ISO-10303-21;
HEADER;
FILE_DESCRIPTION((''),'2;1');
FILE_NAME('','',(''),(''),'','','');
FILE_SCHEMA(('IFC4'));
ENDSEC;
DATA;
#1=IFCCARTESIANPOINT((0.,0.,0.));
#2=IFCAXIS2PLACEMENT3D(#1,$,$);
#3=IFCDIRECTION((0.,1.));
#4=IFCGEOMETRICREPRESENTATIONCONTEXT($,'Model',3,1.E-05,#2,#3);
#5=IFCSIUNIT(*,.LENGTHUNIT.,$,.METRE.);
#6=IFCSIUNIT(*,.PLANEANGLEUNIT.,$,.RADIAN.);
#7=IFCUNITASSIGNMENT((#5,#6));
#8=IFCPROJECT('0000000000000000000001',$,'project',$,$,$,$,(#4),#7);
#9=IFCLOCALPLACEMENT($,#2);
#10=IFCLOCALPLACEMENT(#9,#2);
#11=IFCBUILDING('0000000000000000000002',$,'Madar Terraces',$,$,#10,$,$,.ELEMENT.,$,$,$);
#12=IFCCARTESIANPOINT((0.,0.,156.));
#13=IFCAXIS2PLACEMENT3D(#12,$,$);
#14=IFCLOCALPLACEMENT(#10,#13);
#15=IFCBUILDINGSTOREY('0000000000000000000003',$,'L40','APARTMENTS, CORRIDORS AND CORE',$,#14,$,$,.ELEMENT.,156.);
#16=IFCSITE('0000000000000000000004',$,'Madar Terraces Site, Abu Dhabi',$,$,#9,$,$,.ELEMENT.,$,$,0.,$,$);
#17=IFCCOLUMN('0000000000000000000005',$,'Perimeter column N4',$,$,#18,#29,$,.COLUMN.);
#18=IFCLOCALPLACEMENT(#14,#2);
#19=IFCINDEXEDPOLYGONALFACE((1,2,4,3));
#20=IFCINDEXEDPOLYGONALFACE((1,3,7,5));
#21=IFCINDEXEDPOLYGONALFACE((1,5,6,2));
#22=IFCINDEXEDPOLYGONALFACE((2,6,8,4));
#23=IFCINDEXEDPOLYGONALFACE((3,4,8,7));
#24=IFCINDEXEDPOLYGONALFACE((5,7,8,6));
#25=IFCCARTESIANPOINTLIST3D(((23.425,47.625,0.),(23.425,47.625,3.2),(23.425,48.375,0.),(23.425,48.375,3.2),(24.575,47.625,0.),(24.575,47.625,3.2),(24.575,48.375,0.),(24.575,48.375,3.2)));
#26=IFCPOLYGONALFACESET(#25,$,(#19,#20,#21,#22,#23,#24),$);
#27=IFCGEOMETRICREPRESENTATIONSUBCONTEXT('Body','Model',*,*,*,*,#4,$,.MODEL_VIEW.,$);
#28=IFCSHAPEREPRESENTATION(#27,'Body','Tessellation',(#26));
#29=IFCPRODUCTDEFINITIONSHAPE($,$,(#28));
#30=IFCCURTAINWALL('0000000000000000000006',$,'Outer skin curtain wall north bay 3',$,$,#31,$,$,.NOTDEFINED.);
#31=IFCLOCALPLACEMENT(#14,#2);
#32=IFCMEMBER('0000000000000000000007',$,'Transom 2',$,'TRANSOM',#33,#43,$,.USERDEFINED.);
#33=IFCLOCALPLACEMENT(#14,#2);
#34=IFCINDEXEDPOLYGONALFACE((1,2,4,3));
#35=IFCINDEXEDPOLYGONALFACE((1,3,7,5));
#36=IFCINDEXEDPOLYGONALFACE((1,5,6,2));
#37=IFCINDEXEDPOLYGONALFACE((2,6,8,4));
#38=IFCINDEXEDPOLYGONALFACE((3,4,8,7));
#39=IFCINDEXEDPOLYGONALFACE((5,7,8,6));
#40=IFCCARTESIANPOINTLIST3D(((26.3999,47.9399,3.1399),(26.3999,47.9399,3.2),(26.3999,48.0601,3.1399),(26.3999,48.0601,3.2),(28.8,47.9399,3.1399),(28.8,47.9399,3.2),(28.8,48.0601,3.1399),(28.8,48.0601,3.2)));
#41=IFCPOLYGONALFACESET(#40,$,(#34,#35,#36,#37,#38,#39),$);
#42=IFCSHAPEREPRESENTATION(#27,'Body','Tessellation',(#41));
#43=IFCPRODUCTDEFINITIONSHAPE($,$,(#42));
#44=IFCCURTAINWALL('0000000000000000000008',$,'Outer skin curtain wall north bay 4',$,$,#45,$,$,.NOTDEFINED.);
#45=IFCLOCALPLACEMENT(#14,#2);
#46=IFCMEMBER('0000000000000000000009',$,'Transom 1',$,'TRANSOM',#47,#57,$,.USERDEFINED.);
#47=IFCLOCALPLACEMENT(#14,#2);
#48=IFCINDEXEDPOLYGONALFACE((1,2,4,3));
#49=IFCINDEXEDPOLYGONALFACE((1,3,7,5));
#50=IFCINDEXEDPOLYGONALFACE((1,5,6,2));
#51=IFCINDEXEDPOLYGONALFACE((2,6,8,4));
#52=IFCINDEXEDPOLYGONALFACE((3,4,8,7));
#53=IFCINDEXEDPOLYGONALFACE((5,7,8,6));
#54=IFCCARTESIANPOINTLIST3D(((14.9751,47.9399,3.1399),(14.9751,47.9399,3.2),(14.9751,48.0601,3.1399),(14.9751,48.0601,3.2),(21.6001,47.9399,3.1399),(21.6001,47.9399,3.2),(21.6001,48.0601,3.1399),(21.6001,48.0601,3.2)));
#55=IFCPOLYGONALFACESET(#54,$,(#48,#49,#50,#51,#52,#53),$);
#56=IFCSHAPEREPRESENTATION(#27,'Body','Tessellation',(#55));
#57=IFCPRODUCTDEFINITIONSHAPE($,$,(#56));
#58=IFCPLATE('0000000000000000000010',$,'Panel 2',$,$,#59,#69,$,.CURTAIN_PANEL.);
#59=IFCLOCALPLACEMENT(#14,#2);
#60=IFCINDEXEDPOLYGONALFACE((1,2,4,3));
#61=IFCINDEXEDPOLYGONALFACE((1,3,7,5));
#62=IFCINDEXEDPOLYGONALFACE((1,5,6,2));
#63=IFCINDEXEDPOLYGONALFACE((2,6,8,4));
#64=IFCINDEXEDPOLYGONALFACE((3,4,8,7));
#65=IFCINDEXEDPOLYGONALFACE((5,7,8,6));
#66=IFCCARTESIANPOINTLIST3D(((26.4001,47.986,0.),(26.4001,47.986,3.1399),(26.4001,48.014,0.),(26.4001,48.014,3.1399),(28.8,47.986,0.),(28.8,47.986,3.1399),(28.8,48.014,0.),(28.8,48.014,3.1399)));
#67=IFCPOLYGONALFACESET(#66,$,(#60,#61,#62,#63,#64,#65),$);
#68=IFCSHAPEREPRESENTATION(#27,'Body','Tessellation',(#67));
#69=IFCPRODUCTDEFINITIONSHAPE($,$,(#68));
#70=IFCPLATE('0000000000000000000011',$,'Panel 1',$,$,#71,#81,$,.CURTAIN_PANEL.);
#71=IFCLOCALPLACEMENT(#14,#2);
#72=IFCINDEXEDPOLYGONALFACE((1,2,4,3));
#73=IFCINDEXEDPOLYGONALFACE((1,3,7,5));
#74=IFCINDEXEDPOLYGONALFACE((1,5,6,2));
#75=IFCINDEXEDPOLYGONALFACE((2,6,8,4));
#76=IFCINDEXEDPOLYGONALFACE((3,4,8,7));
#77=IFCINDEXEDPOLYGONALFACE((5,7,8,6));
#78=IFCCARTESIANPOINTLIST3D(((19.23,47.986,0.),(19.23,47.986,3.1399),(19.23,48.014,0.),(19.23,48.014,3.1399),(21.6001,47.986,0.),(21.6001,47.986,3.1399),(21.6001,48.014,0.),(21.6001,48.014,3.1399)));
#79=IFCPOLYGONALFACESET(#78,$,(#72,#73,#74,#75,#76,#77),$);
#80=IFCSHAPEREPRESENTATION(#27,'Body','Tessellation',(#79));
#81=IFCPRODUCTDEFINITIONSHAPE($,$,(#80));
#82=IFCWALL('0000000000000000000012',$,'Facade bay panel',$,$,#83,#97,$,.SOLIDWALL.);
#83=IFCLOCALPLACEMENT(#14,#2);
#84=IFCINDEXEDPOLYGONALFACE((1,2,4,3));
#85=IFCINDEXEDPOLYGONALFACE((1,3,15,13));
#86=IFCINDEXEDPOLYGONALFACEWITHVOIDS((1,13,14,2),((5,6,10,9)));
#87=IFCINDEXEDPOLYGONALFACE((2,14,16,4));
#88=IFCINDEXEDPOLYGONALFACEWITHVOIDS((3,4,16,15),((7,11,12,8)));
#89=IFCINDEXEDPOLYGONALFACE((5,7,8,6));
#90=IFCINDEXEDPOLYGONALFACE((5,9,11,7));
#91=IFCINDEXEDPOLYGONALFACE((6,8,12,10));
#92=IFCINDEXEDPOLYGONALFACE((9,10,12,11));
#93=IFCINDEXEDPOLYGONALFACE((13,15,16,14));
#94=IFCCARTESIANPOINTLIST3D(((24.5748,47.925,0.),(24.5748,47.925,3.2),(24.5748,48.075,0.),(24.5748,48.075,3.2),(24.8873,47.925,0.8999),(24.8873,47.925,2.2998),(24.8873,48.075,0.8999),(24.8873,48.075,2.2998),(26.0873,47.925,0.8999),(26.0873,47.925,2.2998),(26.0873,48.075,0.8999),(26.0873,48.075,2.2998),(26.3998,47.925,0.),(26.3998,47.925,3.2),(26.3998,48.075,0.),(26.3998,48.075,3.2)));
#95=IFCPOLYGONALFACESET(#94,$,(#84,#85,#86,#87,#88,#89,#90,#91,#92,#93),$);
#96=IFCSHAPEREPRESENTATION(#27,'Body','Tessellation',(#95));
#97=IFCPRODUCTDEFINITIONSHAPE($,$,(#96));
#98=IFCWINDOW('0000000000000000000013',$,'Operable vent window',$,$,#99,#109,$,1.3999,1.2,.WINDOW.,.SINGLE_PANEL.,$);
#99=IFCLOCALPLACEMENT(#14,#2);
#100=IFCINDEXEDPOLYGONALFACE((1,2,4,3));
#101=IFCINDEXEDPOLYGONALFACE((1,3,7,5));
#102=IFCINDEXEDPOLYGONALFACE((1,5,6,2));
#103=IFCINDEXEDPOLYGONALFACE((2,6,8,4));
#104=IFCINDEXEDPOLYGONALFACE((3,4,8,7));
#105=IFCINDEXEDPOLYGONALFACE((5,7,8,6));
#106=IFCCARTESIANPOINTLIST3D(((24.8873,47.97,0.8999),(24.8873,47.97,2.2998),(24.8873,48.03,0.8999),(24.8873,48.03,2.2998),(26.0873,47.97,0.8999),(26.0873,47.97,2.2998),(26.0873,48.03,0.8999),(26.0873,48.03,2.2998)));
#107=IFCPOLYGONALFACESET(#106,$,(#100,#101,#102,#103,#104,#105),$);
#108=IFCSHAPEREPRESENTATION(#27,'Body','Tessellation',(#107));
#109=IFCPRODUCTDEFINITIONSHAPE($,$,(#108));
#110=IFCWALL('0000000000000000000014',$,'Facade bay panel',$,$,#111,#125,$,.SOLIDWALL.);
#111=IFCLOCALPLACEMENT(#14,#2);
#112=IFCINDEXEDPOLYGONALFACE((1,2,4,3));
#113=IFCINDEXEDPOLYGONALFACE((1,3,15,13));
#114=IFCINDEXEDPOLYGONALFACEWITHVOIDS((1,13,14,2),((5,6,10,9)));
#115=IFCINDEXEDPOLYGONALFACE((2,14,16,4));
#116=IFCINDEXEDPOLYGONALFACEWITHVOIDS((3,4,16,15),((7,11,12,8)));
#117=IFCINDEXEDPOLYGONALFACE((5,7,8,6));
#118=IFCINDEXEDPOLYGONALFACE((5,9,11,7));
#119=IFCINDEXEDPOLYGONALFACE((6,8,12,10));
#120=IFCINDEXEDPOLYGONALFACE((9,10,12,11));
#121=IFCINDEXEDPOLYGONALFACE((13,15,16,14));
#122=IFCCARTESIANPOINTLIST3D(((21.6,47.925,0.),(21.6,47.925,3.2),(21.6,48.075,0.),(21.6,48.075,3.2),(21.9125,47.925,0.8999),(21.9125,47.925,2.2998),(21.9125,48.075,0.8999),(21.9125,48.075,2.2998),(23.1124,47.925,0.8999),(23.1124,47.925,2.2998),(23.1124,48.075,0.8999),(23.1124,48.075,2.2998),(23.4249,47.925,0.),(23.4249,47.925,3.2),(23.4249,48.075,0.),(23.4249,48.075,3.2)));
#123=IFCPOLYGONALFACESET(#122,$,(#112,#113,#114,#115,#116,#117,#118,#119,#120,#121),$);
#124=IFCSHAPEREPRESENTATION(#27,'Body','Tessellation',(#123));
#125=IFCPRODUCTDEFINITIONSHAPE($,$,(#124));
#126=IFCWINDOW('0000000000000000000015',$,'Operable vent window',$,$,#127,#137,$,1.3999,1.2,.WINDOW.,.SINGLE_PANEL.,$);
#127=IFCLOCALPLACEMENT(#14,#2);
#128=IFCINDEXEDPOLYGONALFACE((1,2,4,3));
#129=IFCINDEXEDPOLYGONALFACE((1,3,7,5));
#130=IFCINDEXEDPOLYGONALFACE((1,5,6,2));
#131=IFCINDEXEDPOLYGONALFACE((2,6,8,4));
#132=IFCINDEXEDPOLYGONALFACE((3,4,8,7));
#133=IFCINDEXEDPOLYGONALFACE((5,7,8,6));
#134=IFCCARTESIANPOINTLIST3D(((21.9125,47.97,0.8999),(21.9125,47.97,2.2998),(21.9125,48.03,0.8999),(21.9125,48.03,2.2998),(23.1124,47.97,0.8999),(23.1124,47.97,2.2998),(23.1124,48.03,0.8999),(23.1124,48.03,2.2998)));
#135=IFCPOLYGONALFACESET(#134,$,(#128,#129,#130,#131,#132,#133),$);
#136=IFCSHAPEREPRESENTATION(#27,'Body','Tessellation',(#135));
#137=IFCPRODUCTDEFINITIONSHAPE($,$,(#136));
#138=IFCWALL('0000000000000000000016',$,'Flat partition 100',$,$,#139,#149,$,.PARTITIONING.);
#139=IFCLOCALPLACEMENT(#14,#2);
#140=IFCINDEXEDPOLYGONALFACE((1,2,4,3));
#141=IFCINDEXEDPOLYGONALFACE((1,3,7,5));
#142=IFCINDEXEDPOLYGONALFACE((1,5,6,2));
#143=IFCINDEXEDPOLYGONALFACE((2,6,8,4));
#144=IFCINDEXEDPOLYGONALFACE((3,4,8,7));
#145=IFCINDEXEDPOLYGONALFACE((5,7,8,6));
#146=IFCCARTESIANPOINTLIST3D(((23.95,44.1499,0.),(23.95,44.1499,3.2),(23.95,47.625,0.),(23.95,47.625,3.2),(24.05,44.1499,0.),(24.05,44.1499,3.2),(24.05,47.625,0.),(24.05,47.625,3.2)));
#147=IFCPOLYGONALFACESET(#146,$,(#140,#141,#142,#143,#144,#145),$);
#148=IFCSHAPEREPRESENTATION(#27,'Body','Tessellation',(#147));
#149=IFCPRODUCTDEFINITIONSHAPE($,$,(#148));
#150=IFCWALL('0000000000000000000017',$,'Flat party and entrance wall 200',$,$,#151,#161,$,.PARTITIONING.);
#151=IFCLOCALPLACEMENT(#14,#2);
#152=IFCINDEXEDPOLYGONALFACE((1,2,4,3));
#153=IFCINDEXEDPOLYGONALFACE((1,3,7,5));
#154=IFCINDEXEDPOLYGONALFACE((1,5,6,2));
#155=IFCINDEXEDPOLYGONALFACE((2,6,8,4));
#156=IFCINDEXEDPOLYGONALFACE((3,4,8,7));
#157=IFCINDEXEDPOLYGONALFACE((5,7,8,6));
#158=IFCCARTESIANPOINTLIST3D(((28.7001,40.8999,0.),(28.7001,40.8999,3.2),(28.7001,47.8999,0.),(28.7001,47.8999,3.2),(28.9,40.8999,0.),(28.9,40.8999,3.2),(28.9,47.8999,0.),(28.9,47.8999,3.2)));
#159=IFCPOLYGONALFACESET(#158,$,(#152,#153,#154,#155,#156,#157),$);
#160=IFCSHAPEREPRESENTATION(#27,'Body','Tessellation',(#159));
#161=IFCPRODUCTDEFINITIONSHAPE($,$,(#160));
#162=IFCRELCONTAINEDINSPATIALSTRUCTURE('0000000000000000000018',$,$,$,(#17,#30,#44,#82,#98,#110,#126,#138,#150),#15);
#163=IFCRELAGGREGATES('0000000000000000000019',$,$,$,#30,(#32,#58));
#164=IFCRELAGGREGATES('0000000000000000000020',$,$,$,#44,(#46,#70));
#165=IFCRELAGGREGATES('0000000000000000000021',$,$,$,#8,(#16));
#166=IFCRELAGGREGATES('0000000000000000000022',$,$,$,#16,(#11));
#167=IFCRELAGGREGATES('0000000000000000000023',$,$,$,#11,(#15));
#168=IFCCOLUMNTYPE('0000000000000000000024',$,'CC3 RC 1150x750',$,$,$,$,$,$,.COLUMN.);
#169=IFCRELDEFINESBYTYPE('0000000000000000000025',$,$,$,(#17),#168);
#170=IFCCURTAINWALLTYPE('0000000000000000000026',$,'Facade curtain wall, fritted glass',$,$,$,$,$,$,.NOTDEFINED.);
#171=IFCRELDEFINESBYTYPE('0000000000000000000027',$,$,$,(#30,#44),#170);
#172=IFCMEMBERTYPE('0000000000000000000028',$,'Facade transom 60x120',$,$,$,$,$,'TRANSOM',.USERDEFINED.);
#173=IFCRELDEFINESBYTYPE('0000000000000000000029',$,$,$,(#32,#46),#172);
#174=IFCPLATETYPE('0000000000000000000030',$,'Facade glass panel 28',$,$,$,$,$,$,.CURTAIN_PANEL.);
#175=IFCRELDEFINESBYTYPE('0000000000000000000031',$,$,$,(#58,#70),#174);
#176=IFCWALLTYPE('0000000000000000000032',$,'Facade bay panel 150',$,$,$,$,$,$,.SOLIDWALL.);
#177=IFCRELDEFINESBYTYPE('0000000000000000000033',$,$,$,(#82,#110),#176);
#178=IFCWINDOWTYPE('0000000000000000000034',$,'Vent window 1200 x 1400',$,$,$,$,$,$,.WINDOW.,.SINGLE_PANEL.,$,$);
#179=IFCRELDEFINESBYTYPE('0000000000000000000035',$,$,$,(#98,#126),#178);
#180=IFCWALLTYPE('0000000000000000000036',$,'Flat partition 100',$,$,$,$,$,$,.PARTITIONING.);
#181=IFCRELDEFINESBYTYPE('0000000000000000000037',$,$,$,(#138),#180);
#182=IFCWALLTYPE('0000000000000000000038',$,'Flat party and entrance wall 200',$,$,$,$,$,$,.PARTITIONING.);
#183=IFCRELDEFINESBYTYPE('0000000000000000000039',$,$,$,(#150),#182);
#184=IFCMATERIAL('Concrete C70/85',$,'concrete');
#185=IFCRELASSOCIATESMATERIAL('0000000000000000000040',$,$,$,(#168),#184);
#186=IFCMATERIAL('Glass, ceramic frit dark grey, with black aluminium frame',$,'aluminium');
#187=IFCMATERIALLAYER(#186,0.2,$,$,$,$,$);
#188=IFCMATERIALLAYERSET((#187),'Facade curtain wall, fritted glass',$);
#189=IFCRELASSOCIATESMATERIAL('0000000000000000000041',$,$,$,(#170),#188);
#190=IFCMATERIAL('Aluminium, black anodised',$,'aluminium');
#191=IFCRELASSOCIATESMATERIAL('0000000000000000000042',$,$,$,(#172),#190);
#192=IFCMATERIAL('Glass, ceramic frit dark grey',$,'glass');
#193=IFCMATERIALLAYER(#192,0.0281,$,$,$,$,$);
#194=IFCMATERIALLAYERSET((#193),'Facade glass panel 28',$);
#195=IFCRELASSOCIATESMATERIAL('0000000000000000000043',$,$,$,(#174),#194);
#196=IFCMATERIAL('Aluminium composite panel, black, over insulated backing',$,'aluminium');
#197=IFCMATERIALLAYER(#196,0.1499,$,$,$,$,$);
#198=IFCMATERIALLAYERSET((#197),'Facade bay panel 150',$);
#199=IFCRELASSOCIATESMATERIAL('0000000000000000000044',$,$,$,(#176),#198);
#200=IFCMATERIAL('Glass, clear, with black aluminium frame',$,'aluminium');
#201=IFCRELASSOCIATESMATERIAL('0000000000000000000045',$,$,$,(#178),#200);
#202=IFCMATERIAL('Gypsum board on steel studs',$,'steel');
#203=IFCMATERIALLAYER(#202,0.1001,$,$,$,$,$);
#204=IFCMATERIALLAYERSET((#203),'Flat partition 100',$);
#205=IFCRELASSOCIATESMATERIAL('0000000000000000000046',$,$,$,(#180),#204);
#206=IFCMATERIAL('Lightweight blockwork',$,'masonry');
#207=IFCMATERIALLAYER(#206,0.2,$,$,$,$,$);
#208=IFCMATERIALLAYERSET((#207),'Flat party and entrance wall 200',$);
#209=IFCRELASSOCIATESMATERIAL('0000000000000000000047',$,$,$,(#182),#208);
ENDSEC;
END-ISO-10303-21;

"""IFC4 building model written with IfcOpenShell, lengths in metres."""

from ifc_helpers import new_model, si_unit, direction, frame, frame_2d, origin, origin_2d, place, context, subcontext, project, spatial, rectangle, extrude, material, layer, layer_set, material_profile, profile_set, type_object, element, fill, aggregate, save


model = new_model("IFC4")

# Units and contexts
model_context = context("Model", 3, precision=1e-05, world=origin(), true_north=direction((0.0, 1.0)))
body_context = subcontext(model_context, "Body", "Model", "MODEL_VIEW")
ifc_project = project(units=[si_unit("LENGTHUNIT", "METRE"), si_unit("PLANEANGLEUNIT", "RADIAN")], contexts=[model_context])

# Site, building, storey
site_placement = place(None, origin())
site = spatial("IfcSite", under=ifc_project, at=site_placement, Name="Madar Terraces Site, Abu Dhabi", CompositionType="ELEMENT", RefElevation=0.0)
building_placement = place(site_placement, origin())
building = spatial("IfcBuilding", under=site, at=building_placement, Name="Madar Terraces", CompositionType="ELEMENT")
storey_placement = place(building_placement, frame((0.0, 0.0, 156.0)))
storey = spatial("IfcBuildingStorey", under=building, at=storey_placement, Name="L40", Description="APARTMENTS, CORRIDORS AND CORE", CompositionType="ELEMENT", Elevation=156.0)

# Column
ifc_material_1 = material(Name="Concrete C70/85", Category="concrete")
ifc_material_profile_1 = material_profile(ifc_material_1, rectangle(XDim=1.1499, YDim=0.75, at=origin_2d()), Name="CC3 RC 1150x750")
ifc_profile_set_1 = profile_set([ifc_material_profile_1], Name="Concrete C70/85")
column_type = type_object("IfcColumnType", Name="CC3 RC 1150x750", PredefinedType="COLUMN", material=ifc_profile_set_1)
column_placement = place(storey_placement, frame((24.0, 48.0, 0.0), z_axis=(0.0, 0.0, 1.0), x_axis=(1.0, 0.0, 0.0)))
element("IfcColumn", 1, at=column_placement, inside=storey, type_object=column_type, Name="Perimeter column N4", PredefinedType="COLUMN", context=body_context, shape_type="SweptSolid", body=[
    extrude(rectangle(XDim=1.1499, YDim=0.75, at=origin_2d()), origin(), (0.0, 0.0, 1.0), 3.2),
])

# Curtain walls, members
ifc_material_2 = material(Name="Glass, ceramic frit dark grey, with black aluminium frame", Category="aluminium")
ifc_layer_1 = layer(ifc_material_2, 0.2)
ifc_layer_set_1 = layer_set([ifc_layer_1], Name="Facade curtain wall, fritted glass")
curtain_wall_type = type_object("IfcCurtainWallType", Name="Facade curtain wall, fritted glass", PredefinedType="NOTDEFINED", material=ifc_layer_set_1)
curtain_wall_1_placement = place(storey_placement, origin())
curtain_wall_1 = element("IfcCurtainWall", 2, at=curtain_wall_1_placement, inside=storey, type_object=curtain_wall_type, Name="Outer skin curtain wall north bay 3", PredefinedType="NOTDEFINED")
ifc_material_3 = material(Name="Aluminium, black anodised", Category="aluminium")
ifc_material_profile_2 = material_profile(ifc_material_3, rectangle(XDim=0.1201, YDim=0.0601, at=origin_2d()), Name="Facade transom 60x120")
ifc_profile_set_2 = profile_set([ifc_material_profile_2], Name="Aluminium, black anodised")
member_type = type_object("IfcMemberType", Name="Facade transom 60x120", ElementType="TRANSOM", PredefinedType="USERDEFINED", material=ifc_profile_set_2)
member_1_placement = place(storey_placement, frame((28.8, 48.0, 3.1699), z_axis=(-1.0, 0.0, 0.0), x_axis=(0.0, -1.0, 0.0)))
member_1 = element("IfcMember", 3, at=member_1_placement, type_object=member_type, Name="Transom 2", ObjectType="TRANSOM", PredefinedType="USERDEFINED", context=body_context, shape_type="SweptSolid", body=[
    extrude(rectangle(XDim=0.1201, YDim=0.0601, at=origin_2d()), origin(), (0.0, 0.0, 1.0), 2.4001),
])
curtain_wall_2_placement = place(storey_placement, origin())
curtain_wall_2 = element("IfcCurtainWall", 4, at=curtain_wall_2_placement, inside=storey, type_object=curtain_wall_type, Name="Outer skin curtain wall north bay 4", PredefinedType="NOTDEFINED")
member_2_placement = place(storey_placement, frame((21.6001, 48.0, 3.1699), z_axis=(-1.0, 0.0, 0.0), x_axis=(0.0, -1.0, 0.0)))
member_2 = element("IfcMember", 5, at=member_2_placement, type_object=member_type, Name="Transom 1", ObjectType="TRANSOM", PredefinedType="USERDEFINED", context=body_context, shape_type="SweptSolid", body=[
    extrude(rectangle(XDim=0.1201, YDim=0.0601, at=origin_2d()), origin(), (0.0, 0.0, 1.0), 6.625),
])

# Plates
ifc_material_4 = material(Name="Glass, ceramic frit dark grey", Category="glass")
ifc_layer_2 = layer(ifc_material_4, 0.0281)
ifc_layer_set_2 = layer_set([ifc_layer_2], Name="Facade glass panel 28")
plate_type = type_object("IfcPlateType", Name="Facade glass panel 28", PredefinedType="CURTAIN_PANEL", material=ifc_layer_set_2)
plate_1_placement = place(storey_placement, frame((27.6001, 48.0, 0.0), z_axis=(0.0, 0.0, 1.0), x_axis=(-1.0, 0.0, 0.0)))
plate_1 = element("IfcPlate", 6, at=plate_1_placement, type_object=plate_type, Name="Panel 2", PredefinedType="CURTAIN_PANEL", context=body_context, shape_type="SweptSolid", body=[
    extrude(rectangle(XDim=2.3999, YDim=0.0281, at=origin_2d()), origin(), (0.0, 0.0, 1.0), 3.1399),
])
aggregate(curtain_wall_1, [member_1, plate_1])
plate_2_placement = place(storey_placement, frame((20.415, 48.0, 0.0), z_axis=(0.0, 0.0, 1.0), x_axis=(-1.0, 0.0, 0.0)))
plate_2 = element("IfcPlate", 7, at=plate_2_placement, type_object=plate_type, Name="Panel 1", PredefinedType="CURTAIN_PANEL", context=body_context, shape_type="SweptSolid", body=[
    extrude(rectangle(XDim=2.3701, YDim=0.0281, at=origin_2d()), origin(), (0.0, 0.0, 1.0), 3.1399),
])
aggregate(curtain_wall_2, [member_2, plate_2])

# Walls, openings, windows
ifc_material_5 = material(Name="Aluminium composite panel, black, over insulated backing", Category="aluminium")
ifc_layer_3 = layer(ifc_material_5, 0.1499)
ifc_layer_set_3 = layer_set([ifc_layer_3], Name="Facade bay panel 150")
wall_type_1 = type_object("IfcWallType", Name="Facade bay panel 150", PredefinedType="SOLIDWALL", material=ifc_layer_set_3)
wall_1_placement = place(storey_placement, frame((26.3999, 48.0, 0.0), z_axis=(0.0, 0.0, 1.0), x_axis=(-1.0, 0.0, 0.0)))
wall_1 = element("IfcWall", 8, at=wall_1_placement, inside=storey, type_object=wall_type_1, Name="Facade bay panel", PredefinedType="SOLIDWALL", context=body_context, shape_type="SweptSolid", body=[
    extrude(rectangle(XDim=1.825, YDim=0.1499, at=frame_2d((0.9126, 0.0))), origin(), (0.0, 0.0, 1.0), 3.2),
])
opening_1_placement = place(wall_1_placement, frame((0.3125, 0.0, 0.8999)))
opening_1 = element("IfcOpeningElement", 9, at=opening_1_placement, cuts=wall_1, PredefinedType="OPENING", context=body_context, shape_type="SweptSolid", body=[
    extrude(rectangle(XDim=1.2, YDim=1.3999, at=frame_2d((0.6001, 0.7))), frame((0.0, 0.085, 0.0), z_axis=(0.0, -1.0, 0.0), x_axis=(1.0, 0.0, 0.0)), (0.0, 0.0, 1.0), 0.1699),
])
ifc_material_6 = material(Name="Glass, clear, with black aluminium frame", Category="aluminium")
window_type = type_object("IfcWindowType", Name="Vent window 1200 x 1400", PartitioningType="SINGLE_PANEL", PredefinedType="WINDOW", material=ifc_material_6)
window_1_placement = place(opening_1_placement, origin())
window_1 = element("IfcWindow", 10, at=window_1_placement, inside=storey, type_object=window_type, Name="Operable vent window", OverallHeight=1.3999, OverallWidth=1.2, PartitioningType="SINGLE_PANEL", PredefinedType="WINDOW", context=body_context, shape_type="SweptSolid", body=[
    extrude(rectangle(XDim=1.2, YDim=1.3999, at=frame_2d((0.6001, 0.7))), frame((0.0, 0.03, 0.0), z_axis=(0.0, -1.0, 0.0), x_axis=(1.0, 0.0, 0.0)), (0.0, 0.0, 1.0), 0.0601),
])
fill(opening_1, window_1)
wall_2_placement = place(storey_placement, frame((23.425, 48.0, 0.0), z_axis=(0.0, 0.0, 1.0), x_axis=(-1.0, 0.0, 0.0)))
wall_2 = element("IfcWall", 11, at=wall_2_placement, inside=storey, type_object=wall_type_1, Name="Facade bay panel", PredefinedType="SOLIDWALL", context=body_context, shape_type="SweptSolid", body=[
    extrude(rectangle(XDim=1.825, YDim=0.1499, at=frame_2d((0.9126, 0.0))), origin(), (0.0, 0.0, 1.0), 3.2),
])
opening_2_placement = place(wall_2_placement, frame((0.3125, 0.0, 0.8999)))
opening_2 = element("IfcOpeningElement", 12, at=opening_2_placement, cuts=wall_2, PredefinedType="OPENING", context=body_context, shape_type="SweptSolid", body=[
    extrude(rectangle(XDim=1.2, YDim=1.3999, at=frame_2d((0.6001, 0.7))), frame((0.0, 0.085, 0.0), z_axis=(0.0, -1.0, 0.0), x_axis=(1.0, 0.0, 0.0)), (0.0, 0.0, 1.0), 0.1699),
])
window_2_placement = place(opening_2_placement, origin())
window_2 = element("IfcWindow", 13, at=window_2_placement, inside=storey, type_object=window_type, Name="Operable vent window", OverallHeight=1.3999, OverallWidth=1.2, PartitioningType="SINGLE_PANEL", PredefinedType="WINDOW", context=body_context, shape_type="SweptSolid", body=[
    extrude(rectangle(XDim=1.2, YDim=1.3999, at=frame_2d((0.6001, 0.7))), frame((0.0, 0.03, 0.0), z_axis=(0.0, -1.0, 0.0), x_axis=(1.0, 0.0, 0.0)), (0.0, 0.0, 1.0), 0.0601),
])
fill(opening_2, window_2)

# Walls
ifc_material_7 = material(Name="Gypsum board on steel studs", Category="steel")
ifc_layer_4 = layer(ifc_material_7, 0.1001)
ifc_layer_set_4 = layer_set([ifc_layer_4], Name="Flat partition 100")
wall_type_2 = type_object("IfcWallType", Name="Flat partition 100", PredefinedType="PARTITIONING", material=ifc_layer_set_4)
wall_3_placement = place(storey_placement, frame((24.0, 44.1499, 0.0), z_axis=(0.0, 0.0, 1.0), x_axis=(0.0, 1.0, 0.0)))
element("IfcWall", 14, at=wall_3_placement, inside=storey, type_object=wall_type_2, Name="Flat partition 100", PredefinedType="PARTITIONING", context=body_context, shape_type="SweptSolid", body=[
    extrude(rectangle(XDim=3.4751, YDim=0.1001, at=frame_2d((1.7375, 0.0))), origin(), (0.0, 0.0, 1.0), 3.2),
])
ifc_material_8 = material(Name="Lightweight blockwork", Category="masonry")
ifc_layer_5 = layer(ifc_material_8, 0.2)
ifc_layer_set_5 = layer_set([ifc_layer_5], Name="Flat party and entrance wall 200")
wall_type_3 = type_object("IfcWallType", Name="Flat party and entrance wall 200", PredefinedType="PARTITIONING", material=ifc_layer_set_5)
wall_4_placement = place(storey_placement, frame((28.8, 47.8999, 0.0), z_axis=(0.0, 0.0, 1.0), x_axis=(0.0, -1.0, 0.0)))
element("IfcWall", 15, at=wall_4_placement, inside=storey, type_object=wall_type_3, Name="Flat party and entrance wall 200", PredefinedType="PARTITIONING", context=body_context, shape_type="SweptSolid", body=[
    extrude(rectangle(XDim=7.0, YDim=0.2, at=frame_2d((3.5, 0.0))), origin(), (0.0, 0.0, 1.0), 3.2),
])

save(model, "model.ifc")
